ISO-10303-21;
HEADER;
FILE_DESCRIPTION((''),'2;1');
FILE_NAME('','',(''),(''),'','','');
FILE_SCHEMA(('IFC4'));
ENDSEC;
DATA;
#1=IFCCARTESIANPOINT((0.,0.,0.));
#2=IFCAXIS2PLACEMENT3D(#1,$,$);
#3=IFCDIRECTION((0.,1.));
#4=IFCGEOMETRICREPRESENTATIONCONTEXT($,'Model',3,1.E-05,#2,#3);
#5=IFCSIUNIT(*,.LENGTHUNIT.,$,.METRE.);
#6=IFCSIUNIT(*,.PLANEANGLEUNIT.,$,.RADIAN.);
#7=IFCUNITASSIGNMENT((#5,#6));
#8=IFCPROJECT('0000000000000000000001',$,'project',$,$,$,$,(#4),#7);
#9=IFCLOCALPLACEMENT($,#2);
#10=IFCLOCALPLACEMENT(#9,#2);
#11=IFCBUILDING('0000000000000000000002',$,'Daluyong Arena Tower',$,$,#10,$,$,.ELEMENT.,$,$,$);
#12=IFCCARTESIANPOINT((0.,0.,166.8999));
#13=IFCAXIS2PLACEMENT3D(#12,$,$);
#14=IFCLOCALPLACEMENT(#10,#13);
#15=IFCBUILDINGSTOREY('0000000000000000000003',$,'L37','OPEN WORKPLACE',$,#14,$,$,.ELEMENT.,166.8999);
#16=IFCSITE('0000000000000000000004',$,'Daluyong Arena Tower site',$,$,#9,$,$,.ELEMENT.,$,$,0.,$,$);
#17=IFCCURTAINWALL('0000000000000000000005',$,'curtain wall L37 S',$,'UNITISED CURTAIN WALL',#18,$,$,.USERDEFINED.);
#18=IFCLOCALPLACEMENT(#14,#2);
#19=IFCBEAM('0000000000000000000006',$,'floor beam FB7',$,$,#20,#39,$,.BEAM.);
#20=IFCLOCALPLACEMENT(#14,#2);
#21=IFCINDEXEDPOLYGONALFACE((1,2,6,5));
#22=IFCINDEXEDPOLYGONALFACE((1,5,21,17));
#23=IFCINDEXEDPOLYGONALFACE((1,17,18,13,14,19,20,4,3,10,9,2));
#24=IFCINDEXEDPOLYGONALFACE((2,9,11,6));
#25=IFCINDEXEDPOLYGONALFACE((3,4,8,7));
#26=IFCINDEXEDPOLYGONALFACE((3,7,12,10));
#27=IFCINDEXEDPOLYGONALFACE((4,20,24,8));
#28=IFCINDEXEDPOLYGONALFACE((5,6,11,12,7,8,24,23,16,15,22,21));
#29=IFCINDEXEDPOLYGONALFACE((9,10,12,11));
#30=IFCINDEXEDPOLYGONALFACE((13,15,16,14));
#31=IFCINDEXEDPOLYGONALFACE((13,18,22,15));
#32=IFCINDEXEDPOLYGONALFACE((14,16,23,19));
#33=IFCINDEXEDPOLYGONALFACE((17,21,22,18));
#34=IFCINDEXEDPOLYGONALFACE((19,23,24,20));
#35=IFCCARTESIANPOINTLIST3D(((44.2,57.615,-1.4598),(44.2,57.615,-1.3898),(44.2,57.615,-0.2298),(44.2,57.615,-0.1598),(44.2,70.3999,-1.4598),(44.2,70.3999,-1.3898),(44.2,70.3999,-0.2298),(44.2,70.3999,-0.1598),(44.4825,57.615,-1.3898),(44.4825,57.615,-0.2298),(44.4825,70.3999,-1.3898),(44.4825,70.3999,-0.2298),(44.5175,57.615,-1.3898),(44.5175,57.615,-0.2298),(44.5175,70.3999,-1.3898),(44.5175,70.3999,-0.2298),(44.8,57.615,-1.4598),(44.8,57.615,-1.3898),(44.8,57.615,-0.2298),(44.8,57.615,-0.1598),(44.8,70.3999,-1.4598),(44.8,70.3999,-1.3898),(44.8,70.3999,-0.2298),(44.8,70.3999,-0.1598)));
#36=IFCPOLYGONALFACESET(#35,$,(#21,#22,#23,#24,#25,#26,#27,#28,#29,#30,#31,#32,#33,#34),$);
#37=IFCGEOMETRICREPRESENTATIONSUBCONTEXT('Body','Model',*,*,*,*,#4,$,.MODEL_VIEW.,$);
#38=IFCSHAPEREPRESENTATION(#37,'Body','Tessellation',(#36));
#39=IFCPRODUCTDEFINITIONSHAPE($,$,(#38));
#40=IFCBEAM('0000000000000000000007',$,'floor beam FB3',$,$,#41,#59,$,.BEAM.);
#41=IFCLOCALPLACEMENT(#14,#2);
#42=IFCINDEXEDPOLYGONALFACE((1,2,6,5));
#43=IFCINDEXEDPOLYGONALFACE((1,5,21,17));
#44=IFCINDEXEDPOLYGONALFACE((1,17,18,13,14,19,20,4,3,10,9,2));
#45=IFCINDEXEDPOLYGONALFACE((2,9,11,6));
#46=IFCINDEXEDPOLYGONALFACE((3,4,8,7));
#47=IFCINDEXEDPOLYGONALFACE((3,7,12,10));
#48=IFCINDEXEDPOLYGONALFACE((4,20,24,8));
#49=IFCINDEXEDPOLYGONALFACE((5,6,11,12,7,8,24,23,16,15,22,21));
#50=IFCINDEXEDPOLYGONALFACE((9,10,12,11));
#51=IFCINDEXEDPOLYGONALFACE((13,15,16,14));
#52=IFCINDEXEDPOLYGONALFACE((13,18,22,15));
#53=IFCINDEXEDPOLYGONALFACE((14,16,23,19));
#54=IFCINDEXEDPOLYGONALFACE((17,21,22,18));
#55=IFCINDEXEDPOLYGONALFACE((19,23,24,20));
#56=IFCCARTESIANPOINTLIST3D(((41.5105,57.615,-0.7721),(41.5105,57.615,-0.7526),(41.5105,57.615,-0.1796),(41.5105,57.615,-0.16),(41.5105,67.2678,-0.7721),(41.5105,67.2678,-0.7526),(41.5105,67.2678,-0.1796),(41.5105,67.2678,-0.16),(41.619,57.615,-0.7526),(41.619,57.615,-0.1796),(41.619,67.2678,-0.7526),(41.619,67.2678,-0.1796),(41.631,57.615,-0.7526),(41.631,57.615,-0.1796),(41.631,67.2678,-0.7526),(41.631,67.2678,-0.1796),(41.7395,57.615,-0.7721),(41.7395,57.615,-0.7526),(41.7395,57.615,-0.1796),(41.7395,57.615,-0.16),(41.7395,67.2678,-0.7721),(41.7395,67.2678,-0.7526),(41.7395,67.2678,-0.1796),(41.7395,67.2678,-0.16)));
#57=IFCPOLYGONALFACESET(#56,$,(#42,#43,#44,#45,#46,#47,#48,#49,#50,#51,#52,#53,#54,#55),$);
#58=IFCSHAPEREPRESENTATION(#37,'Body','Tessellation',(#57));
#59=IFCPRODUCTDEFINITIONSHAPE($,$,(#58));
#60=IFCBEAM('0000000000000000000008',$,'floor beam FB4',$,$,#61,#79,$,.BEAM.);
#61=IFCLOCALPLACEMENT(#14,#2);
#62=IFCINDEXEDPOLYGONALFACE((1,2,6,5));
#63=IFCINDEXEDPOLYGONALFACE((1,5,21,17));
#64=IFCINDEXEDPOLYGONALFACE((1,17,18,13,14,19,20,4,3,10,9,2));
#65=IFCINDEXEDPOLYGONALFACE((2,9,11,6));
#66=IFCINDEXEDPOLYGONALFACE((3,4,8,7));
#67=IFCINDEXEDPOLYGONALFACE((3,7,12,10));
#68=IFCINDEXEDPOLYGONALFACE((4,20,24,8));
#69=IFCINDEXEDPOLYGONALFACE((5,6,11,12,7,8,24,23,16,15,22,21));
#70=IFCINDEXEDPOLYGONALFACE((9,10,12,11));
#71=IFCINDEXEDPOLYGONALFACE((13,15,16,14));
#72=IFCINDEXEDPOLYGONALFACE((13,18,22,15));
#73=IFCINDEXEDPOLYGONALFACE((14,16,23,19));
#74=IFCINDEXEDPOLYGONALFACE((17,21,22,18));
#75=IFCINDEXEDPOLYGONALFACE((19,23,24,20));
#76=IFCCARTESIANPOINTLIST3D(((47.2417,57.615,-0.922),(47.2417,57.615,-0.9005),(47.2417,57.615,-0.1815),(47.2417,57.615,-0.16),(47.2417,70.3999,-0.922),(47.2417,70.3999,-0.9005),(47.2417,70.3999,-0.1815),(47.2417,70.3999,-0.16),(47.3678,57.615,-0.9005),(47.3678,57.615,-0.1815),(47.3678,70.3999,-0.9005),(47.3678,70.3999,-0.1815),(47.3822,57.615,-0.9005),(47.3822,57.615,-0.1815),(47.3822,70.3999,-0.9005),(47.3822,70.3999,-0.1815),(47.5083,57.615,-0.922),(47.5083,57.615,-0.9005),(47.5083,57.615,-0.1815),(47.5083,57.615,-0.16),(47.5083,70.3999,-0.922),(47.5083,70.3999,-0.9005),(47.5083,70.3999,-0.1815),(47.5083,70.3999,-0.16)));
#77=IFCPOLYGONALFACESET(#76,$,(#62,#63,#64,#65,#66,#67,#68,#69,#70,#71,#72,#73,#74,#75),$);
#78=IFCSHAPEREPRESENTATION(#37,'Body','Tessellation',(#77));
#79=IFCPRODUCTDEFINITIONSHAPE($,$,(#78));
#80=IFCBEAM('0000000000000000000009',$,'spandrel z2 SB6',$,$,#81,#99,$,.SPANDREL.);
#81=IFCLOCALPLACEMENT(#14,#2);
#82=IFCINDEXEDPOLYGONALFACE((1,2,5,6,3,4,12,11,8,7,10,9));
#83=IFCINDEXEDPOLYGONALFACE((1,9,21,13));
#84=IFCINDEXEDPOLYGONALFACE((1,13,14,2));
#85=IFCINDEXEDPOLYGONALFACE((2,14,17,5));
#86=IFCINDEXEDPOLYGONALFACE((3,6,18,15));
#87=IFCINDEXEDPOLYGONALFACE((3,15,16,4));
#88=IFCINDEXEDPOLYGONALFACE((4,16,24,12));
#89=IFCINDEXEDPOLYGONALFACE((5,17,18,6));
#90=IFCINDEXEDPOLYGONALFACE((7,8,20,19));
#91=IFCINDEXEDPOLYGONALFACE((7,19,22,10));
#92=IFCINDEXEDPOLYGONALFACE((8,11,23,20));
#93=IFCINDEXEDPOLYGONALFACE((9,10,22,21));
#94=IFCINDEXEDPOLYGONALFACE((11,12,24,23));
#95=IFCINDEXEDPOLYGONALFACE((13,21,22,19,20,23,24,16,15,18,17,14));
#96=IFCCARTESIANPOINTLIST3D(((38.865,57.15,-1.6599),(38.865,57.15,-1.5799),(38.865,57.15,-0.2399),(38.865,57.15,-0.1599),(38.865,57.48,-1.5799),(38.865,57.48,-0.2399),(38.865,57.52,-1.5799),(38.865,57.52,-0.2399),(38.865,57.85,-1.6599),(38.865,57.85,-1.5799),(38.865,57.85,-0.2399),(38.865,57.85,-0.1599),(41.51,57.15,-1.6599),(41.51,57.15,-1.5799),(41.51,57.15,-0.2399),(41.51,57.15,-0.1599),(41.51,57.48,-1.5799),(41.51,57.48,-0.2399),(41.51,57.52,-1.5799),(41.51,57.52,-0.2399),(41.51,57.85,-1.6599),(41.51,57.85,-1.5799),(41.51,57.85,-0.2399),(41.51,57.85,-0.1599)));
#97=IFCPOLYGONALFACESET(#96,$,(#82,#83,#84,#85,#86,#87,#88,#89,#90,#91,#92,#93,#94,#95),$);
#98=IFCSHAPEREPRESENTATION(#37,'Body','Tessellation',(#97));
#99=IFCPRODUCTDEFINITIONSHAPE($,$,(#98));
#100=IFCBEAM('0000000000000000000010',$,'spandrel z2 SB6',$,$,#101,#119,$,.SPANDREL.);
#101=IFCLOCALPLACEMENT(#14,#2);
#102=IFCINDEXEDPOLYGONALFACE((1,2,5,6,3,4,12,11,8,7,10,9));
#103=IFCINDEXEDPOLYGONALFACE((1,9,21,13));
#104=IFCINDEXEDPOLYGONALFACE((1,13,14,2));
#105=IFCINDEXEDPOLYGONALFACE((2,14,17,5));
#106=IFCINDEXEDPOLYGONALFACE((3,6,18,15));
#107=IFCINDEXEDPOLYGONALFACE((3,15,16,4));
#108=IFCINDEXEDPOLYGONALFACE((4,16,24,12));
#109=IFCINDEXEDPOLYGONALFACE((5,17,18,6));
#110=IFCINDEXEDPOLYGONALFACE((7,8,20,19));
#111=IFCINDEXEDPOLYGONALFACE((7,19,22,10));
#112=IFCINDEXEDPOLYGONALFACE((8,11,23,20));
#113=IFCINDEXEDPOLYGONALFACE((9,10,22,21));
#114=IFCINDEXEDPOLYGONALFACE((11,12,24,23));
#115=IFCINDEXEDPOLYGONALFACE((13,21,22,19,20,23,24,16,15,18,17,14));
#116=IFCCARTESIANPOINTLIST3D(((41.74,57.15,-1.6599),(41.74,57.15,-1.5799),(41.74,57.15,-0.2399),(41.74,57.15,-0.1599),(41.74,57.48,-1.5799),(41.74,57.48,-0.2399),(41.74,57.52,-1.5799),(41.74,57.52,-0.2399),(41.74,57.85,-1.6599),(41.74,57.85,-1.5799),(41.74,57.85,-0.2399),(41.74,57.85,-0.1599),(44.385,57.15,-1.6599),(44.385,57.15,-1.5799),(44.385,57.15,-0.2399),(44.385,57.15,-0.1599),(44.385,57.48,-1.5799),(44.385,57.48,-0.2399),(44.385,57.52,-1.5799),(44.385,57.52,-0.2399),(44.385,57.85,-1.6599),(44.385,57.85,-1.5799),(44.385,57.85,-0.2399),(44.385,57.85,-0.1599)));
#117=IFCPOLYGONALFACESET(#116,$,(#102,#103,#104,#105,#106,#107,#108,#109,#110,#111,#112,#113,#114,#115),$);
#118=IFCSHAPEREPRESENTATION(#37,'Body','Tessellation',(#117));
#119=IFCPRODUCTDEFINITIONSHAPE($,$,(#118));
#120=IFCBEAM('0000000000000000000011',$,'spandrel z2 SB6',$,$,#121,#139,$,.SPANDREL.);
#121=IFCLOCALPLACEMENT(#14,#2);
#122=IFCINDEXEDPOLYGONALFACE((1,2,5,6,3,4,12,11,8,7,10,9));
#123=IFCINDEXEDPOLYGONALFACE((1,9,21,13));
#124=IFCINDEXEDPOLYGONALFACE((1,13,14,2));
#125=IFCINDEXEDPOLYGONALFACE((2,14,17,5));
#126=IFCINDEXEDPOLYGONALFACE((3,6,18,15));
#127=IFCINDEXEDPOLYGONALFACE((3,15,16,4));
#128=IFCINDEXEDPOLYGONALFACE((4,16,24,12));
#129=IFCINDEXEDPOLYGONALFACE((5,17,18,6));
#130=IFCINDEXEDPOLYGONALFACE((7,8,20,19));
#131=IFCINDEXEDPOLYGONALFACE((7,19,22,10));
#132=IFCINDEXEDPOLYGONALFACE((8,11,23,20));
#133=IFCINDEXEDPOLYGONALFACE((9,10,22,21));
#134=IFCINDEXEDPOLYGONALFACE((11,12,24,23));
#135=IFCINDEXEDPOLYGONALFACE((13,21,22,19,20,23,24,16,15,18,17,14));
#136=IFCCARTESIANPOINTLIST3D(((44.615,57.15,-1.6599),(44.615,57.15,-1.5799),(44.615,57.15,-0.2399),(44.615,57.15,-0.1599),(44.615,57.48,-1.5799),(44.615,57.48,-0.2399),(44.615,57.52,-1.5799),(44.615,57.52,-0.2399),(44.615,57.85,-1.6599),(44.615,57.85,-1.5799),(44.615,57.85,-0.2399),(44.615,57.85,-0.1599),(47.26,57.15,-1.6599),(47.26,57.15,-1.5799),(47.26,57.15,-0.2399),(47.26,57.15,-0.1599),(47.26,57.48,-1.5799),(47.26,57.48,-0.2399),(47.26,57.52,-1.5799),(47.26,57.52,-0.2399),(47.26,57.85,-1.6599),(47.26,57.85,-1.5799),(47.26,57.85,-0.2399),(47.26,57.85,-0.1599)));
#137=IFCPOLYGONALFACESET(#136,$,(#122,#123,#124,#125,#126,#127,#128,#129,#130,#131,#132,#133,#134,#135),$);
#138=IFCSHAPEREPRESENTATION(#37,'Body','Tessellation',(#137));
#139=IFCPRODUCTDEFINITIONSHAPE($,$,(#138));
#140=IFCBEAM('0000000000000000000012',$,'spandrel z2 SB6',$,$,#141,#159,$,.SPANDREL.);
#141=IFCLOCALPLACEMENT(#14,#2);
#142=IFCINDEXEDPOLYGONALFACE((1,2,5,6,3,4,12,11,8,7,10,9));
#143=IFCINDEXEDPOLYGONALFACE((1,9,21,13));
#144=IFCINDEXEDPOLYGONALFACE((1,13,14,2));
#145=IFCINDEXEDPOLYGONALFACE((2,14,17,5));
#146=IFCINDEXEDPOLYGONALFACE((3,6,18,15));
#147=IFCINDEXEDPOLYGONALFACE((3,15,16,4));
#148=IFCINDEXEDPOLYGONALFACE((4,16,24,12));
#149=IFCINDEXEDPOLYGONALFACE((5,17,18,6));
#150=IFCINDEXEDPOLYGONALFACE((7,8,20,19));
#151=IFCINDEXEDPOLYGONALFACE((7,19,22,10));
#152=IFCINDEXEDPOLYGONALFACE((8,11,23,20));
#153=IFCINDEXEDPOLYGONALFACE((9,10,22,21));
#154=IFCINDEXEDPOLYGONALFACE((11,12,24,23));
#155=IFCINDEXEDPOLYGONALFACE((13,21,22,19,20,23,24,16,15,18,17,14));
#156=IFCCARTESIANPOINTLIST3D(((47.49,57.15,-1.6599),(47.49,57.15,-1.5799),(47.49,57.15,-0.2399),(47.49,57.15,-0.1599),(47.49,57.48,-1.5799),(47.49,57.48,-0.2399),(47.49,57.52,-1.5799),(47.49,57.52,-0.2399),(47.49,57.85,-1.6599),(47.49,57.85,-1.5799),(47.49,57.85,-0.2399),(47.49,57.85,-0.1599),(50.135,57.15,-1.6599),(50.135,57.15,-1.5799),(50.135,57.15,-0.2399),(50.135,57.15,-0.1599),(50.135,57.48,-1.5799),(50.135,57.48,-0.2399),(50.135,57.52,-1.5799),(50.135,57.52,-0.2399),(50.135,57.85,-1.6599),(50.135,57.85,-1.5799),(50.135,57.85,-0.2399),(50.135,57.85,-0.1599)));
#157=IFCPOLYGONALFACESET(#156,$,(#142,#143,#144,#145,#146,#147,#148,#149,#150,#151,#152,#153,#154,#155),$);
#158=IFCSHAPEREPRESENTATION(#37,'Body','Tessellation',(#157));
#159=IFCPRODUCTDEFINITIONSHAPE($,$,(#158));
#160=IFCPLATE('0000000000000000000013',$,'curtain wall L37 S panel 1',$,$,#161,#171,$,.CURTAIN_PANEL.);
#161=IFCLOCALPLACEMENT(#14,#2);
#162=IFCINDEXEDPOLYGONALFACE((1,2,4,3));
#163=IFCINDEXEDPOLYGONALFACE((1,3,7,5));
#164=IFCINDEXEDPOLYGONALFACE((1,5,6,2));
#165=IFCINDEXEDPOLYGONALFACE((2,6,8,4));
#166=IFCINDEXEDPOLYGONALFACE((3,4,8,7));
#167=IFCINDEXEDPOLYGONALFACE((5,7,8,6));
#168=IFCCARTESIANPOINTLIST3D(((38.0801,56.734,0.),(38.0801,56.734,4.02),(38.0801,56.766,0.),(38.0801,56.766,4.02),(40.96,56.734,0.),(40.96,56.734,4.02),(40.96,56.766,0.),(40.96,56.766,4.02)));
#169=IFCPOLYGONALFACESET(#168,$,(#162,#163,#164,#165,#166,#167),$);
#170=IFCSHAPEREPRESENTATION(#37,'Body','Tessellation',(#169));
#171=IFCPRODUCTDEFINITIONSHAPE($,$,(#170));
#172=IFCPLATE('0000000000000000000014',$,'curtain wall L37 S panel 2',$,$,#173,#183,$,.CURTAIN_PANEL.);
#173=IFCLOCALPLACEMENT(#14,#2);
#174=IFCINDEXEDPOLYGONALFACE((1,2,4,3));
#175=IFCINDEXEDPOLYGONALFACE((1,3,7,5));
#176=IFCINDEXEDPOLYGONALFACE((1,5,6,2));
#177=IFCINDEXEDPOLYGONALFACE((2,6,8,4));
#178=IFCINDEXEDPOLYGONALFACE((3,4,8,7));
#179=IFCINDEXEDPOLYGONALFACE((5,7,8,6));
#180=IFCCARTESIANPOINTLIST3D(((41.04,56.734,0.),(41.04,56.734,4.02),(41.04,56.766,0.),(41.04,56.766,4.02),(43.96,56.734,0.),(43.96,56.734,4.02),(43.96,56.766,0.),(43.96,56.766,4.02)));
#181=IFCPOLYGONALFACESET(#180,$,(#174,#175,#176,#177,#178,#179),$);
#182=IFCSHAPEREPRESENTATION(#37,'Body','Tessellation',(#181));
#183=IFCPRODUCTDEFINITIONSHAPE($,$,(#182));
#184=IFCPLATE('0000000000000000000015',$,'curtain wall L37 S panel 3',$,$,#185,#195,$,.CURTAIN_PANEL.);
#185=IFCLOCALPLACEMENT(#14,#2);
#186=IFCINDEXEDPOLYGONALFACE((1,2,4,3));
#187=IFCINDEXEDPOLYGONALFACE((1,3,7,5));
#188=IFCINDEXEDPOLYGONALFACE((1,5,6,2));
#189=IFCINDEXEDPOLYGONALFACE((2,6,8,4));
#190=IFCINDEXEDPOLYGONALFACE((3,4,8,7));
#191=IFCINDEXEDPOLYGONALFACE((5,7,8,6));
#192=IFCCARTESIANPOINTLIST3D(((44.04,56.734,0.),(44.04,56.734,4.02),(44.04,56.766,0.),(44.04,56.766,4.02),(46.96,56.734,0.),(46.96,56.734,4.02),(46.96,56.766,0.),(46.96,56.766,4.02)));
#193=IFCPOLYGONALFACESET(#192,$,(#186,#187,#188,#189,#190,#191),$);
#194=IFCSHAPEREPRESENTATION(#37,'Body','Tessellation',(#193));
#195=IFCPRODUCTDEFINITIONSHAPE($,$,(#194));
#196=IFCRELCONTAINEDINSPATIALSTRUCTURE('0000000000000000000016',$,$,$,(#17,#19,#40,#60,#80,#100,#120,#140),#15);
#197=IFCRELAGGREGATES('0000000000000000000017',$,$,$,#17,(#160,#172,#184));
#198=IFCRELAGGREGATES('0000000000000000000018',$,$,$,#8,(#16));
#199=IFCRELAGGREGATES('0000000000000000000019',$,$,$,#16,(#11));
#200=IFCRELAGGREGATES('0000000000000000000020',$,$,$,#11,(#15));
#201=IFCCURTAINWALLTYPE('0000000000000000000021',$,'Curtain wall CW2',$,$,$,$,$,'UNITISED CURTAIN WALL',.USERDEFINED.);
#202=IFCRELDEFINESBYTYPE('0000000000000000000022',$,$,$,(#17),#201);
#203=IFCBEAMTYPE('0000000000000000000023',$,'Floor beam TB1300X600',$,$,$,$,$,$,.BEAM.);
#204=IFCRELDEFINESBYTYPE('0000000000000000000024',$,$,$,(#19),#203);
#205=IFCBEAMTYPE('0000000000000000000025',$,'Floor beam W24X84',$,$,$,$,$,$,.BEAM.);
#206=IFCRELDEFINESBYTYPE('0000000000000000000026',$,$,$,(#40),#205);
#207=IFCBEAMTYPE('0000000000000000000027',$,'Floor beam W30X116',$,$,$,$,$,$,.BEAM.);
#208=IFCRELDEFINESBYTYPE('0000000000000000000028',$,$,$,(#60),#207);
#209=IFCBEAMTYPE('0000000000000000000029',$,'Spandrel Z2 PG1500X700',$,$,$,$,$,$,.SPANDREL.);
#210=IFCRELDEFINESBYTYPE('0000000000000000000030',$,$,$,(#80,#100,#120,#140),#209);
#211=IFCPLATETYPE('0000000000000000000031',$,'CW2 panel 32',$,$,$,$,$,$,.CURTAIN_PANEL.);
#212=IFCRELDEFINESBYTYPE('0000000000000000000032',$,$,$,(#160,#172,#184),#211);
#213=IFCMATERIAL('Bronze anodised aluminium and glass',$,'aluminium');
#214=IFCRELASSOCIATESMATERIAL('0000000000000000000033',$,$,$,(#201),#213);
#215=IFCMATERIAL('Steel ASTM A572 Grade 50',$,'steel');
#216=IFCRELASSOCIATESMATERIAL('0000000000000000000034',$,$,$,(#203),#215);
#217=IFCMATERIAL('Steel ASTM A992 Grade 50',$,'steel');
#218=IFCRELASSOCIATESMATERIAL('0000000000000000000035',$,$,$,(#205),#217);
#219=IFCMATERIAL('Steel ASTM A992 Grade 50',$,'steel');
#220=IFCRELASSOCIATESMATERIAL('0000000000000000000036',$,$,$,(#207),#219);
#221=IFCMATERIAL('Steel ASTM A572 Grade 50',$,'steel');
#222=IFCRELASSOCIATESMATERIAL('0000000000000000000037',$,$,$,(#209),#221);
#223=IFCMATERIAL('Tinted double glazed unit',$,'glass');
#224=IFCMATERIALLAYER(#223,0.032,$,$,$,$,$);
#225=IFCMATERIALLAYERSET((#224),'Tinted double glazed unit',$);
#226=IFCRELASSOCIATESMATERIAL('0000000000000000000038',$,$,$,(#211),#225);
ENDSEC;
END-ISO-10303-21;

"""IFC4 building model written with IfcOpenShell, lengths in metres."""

from ifc_helpers import new_model, si_unit, direction, frame, origin, origin_2d, place, context, subcontext, project, spatial, rectangle, i_section, extrude, material, layer, layer_set, material_profile, profile_set, type_object, element, aggregate, save


model = new_model("IFC4")

# Units and contexts
model_context = context("Model", 3, precision=1e-05, world=origin(), true_north=direction((0.0, 1.0)))
body_context = subcontext(model_context, "Body", "Model", "MODEL_VIEW")
ifc_project = project(units=[si_unit("LENGTHUNIT", "METRE"), si_unit("PLANEANGLEUNIT", "RADIAN")], contexts=[model_context])

# Site, building, storey
site_placement = place(None, origin())
site = spatial("IfcSite", under=ifc_project, at=site_placement, Name="Daluyong Arena Tower site", CompositionType="ELEMENT", RefElevation=0.0)
building_placement = place(site_placement, origin())
building = spatial("IfcBuilding", under=site, at=building_placement, Name="Daluyong Arena Tower", CompositionType="ELEMENT")
storey_placement = place(building_placement, frame((0.0, 0.0, 166.8999)))
storey = spatial("IfcBuildingStorey", under=building, at=storey_placement, Name="L37", Description="OPEN WORKPLACE", CompositionType="ELEMENT", Elevation=166.8999)

# Curtain wall
ifc_material_1 = material(Name="Bronze anodised aluminium and glass", Category="aluminium")
curtain_wall_type_1 = type_object("IfcCurtainWallType", Name="Curtain wall CW2", ElementType="UNITISED CURTAIN WALL", PredefinedType="USERDEFINED", material=ifc_material_1)
curtain_wall_1_placement = place(storey_placement, origin())
curtain_wall_1 = element("IfcCurtainWall", 1, at=curtain_wall_1_placement, inside=storey, type_object=curtain_wall_type_1, Name="curtain wall L37 S", ObjectType="UNITISED CURTAIN WALL", PredefinedType="USERDEFINED")

# Beams
ifc_material_2 = material(Name="Steel ASTM A572 Grade 50", Category="steel")
ifc_material_profile_1 = material_profile(ifc_material_2, i_section(OverallWidth=0.6001, OverallDepth=1.3, WebThickness=0.035, FlangeThickness=0.07, at=origin_2d()))
ifc_profile_set_1 = profile_set([ifc_material_profile_1], Name="Steel ASTM A572 Grade 50")
beam_type_1 = type_object("IfcBeamType", Name="Floor beam TB1300X600", PredefinedType="BEAM", material=ifc_profile_set_1)
beam_1_placement = place(storey_placement, frame((44.5, 57.615, -0.8098), z_axis=(0.0, 1.0, 0.0), x_axis=(-1.0, 0.0, 0.0)))
element("IfcBeam", 2, at=beam_1_placement, inside=storey, type_object=beam_type_1, Name="floor beam FB7", PredefinedType="BEAM", context=body_context, shape_type="SweptSolid", body=[
    extrude(i_section(OverallWidth=0.6001, OverallDepth=1.3, WebThickness=0.035, FlangeThickness=0.07, at=origin_2d()), origin(), (0.0, 0.0, 1.0), 12.7849),
])
ifc_material_3 = material(Name="Steel ASTM A992 Grade 50", Category="steel")
ifc_material_profile_2 = material_profile(ifc_material_3, i_section(OverallWidth=0.229, OverallDepth=0.6121, WebThickness=0.012, FlangeThickness=0.0195, at=origin_2d()))
ifc_profile_set_2 = profile_set([ifc_material_profile_2], Name="Steel ASTM A992 Grade 50")
beam_type_2 = type_object("IfcBeamType", Name="Floor beam W24X84", PredefinedType="BEAM", material=ifc_profile_set_2)
beam_2_placement = place(storey_placement, frame((41.625, 57.615, -0.4661), z_axis=(0.0, 1.0, 0.0), x_axis=(-1.0, 0.0, 0.0)))
element("IfcBeam", 3, at=beam_2_placement, inside=storey, type_object=beam_type_2, Name="floor beam FB3", PredefinedType="BEAM", context=body_context, shape_type="SweptSolid", body=[
    extrude(i_section(OverallWidth=0.229, OverallDepth=0.6121, WebThickness=0.012, FlangeThickness=0.0195, at=origin_2d()), origin(), (0.0, 0.0, 1.0), 9.6528),
])
ifc_material_4 = material(Name="Steel ASTM A992 Grade 50", Category="steel")
ifc_material_profile_3 = material_profile(ifc_material_4, i_section(OverallWidth=0.2666, OverallDepth=0.762, WebThickness=0.0144, FlangeThickness=0.0215, at=origin_2d()))
ifc_profile_set_3 = profile_set([ifc_material_profile_3], Name="Steel ASTM A992 Grade 50")
beam_type_3 = type_object("IfcBeamType", Name="Floor beam W30X116", PredefinedType="BEAM", material=ifc_profile_set_3)
beam_3_placement = place(storey_placement, frame((47.375, 57.615, -0.541), z_axis=(0.0, 1.0, 0.0), x_axis=(-1.0, 0.0, 0.0)))
element("IfcBeam", 4, at=beam_3_placement, inside=storey, type_object=beam_type_3, Name="floor beam FB4", PredefinedType="BEAM", context=body_context, shape_type="SweptSolid", body=[
    extrude(i_section(OverallWidth=0.2666, OverallDepth=0.762, WebThickness=0.0144, FlangeThickness=0.0215, at=origin_2d()), origin(), (0.0, 0.0, 1.0), 12.7849),
])
ifc_material_5 = material(Name="Steel ASTM A572 Grade 50", Category="steel")
ifc_material_profile_4 = material_profile(ifc_material_5, i_section(OverallWidth=0.7, OverallDepth=1.5, WebThickness=0.04, FlangeThickness=0.08, at=origin_2d()))
ifc_profile_set_4 = profile_set([ifc_material_profile_4], Name="Steel ASTM A572 Grade 50")
beam_type_4 = type_object("IfcBeamType", Name="Spandrel Z2 PG1500X700", PredefinedType="SPANDREL", material=ifc_profile_set_4)
for number, where, z_axis, x_axis, name in (
    (5, (38.865, 57.5, -0.9099), (1.0, 0.0, 0.0), (0.0, 1.0, 0.0), "spandrel z2 SB6"),
    (6, (41.74, 57.5, -0.9099), (1.0, 0.0, 0.0), (0.0, 1.0, 0.0), "spandrel z2 SB6"),
    (7, (44.615, 57.5, -0.9099), (1.0, 0.0, 0.0), (0.0, 1.0, 0.0), "spandrel z2 SB6"),
    (8, (47.49, 57.5, -0.9099), (1.0, 0.0, 0.0), (0.0, 1.0, 0.0), "spandrel z2 SB6"),
):
    element("IfcBeam", number, at=place(storey_placement, frame(where, z_axis=z_axis, x_axis=x_axis)), inside=storey, type_object=beam_type_4, Name=name, PredefinedType="SPANDREL", context=body_context, shape_type="SweptSolid", body=[
        extrude(i_section(OverallWidth=0.7, OverallDepth=1.5, WebThickness=0.04, FlangeThickness=0.08, at=origin_2d()), origin(), (0.0, 0.0, 1.0), 2.645),
    ])

# Plates
ifc_material_6 = material(Name="Tinted double glazed unit", Category="glass")
ifc_layer_1 = layer(ifc_material_6, 0.032)
ifc_layer_set_1 = layer_set([ifc_layer_1], Name="Tinted double glazed unit")
plate_type = type_object("IfcPlateType", Name="CW2 panel 32", PredefinedType="CURTAIN_PANEL", material=ifc_layer_set_1)
plate_1_placement = place(storey_placement, frame((39.52, 56.75, 0.0), z_axis=(0.0, 0.0, 1.0), x_axis=(1.0, 0.0, 0.0)))
plate_1 = element("IfcPlate", 9, at=plate_1_placement, type_object=plate_type, Name="curtain wall L37 S panel 1", PredefinedType="CURTAIN_PANEL", context=body_context, shape_type="SweptSolid", body=[
    extrude(rectangle(XDim=2.8799, YDim=0.032, at=origin_2d()), origin(), (0.0, 0.0, 1.0), 4.02),
])
plate_2_placement = place(storey_placement, frame((42.5, 56.75, 0.0), z_axis=(0.0, 0.0, 1.0), x_axis=(1.0, 0.0, 0.0)))
plate_2 = element("IfcPlate", 10, at=plate_2_placement, type_object=plate_type, Name="curtain wall L37 S panel 2", PredefinedType="CURTAIN_PANEL", context=body_context, shape_type="SweptSolid", body=[
    extrude(rectangle(XDim=2.9199, YDim=0.032, at=origin_2d()), origin(), (0.0, 0.0, 1.0), 4.02),
])
plate_3_placement = place(storey_placement, frame((45.5, 56.75, 0.0), z_axis=(0.0, 0.0, 1.0), x_axis=(1.0, 0.0, 0.0)))
plate_3 = element("IfcPlate", 11, at=plate_3_placement, type_object=plate_type, Name="curtain wall L37 S panel 3", PredefinedType="CURTAIN_PANEL", context=body_context, shape_type="SweptSolid", body=[
    extrude(rectangle(XDim=2.9199, YDim=0.032, at=origin_2d()), origin(), (0.0, 0.0, 1.0), 4.02),
])
aggregate(curtain_wall_1, [plate_1, plate_2, plate_3])

save(model, "model.ifc")
